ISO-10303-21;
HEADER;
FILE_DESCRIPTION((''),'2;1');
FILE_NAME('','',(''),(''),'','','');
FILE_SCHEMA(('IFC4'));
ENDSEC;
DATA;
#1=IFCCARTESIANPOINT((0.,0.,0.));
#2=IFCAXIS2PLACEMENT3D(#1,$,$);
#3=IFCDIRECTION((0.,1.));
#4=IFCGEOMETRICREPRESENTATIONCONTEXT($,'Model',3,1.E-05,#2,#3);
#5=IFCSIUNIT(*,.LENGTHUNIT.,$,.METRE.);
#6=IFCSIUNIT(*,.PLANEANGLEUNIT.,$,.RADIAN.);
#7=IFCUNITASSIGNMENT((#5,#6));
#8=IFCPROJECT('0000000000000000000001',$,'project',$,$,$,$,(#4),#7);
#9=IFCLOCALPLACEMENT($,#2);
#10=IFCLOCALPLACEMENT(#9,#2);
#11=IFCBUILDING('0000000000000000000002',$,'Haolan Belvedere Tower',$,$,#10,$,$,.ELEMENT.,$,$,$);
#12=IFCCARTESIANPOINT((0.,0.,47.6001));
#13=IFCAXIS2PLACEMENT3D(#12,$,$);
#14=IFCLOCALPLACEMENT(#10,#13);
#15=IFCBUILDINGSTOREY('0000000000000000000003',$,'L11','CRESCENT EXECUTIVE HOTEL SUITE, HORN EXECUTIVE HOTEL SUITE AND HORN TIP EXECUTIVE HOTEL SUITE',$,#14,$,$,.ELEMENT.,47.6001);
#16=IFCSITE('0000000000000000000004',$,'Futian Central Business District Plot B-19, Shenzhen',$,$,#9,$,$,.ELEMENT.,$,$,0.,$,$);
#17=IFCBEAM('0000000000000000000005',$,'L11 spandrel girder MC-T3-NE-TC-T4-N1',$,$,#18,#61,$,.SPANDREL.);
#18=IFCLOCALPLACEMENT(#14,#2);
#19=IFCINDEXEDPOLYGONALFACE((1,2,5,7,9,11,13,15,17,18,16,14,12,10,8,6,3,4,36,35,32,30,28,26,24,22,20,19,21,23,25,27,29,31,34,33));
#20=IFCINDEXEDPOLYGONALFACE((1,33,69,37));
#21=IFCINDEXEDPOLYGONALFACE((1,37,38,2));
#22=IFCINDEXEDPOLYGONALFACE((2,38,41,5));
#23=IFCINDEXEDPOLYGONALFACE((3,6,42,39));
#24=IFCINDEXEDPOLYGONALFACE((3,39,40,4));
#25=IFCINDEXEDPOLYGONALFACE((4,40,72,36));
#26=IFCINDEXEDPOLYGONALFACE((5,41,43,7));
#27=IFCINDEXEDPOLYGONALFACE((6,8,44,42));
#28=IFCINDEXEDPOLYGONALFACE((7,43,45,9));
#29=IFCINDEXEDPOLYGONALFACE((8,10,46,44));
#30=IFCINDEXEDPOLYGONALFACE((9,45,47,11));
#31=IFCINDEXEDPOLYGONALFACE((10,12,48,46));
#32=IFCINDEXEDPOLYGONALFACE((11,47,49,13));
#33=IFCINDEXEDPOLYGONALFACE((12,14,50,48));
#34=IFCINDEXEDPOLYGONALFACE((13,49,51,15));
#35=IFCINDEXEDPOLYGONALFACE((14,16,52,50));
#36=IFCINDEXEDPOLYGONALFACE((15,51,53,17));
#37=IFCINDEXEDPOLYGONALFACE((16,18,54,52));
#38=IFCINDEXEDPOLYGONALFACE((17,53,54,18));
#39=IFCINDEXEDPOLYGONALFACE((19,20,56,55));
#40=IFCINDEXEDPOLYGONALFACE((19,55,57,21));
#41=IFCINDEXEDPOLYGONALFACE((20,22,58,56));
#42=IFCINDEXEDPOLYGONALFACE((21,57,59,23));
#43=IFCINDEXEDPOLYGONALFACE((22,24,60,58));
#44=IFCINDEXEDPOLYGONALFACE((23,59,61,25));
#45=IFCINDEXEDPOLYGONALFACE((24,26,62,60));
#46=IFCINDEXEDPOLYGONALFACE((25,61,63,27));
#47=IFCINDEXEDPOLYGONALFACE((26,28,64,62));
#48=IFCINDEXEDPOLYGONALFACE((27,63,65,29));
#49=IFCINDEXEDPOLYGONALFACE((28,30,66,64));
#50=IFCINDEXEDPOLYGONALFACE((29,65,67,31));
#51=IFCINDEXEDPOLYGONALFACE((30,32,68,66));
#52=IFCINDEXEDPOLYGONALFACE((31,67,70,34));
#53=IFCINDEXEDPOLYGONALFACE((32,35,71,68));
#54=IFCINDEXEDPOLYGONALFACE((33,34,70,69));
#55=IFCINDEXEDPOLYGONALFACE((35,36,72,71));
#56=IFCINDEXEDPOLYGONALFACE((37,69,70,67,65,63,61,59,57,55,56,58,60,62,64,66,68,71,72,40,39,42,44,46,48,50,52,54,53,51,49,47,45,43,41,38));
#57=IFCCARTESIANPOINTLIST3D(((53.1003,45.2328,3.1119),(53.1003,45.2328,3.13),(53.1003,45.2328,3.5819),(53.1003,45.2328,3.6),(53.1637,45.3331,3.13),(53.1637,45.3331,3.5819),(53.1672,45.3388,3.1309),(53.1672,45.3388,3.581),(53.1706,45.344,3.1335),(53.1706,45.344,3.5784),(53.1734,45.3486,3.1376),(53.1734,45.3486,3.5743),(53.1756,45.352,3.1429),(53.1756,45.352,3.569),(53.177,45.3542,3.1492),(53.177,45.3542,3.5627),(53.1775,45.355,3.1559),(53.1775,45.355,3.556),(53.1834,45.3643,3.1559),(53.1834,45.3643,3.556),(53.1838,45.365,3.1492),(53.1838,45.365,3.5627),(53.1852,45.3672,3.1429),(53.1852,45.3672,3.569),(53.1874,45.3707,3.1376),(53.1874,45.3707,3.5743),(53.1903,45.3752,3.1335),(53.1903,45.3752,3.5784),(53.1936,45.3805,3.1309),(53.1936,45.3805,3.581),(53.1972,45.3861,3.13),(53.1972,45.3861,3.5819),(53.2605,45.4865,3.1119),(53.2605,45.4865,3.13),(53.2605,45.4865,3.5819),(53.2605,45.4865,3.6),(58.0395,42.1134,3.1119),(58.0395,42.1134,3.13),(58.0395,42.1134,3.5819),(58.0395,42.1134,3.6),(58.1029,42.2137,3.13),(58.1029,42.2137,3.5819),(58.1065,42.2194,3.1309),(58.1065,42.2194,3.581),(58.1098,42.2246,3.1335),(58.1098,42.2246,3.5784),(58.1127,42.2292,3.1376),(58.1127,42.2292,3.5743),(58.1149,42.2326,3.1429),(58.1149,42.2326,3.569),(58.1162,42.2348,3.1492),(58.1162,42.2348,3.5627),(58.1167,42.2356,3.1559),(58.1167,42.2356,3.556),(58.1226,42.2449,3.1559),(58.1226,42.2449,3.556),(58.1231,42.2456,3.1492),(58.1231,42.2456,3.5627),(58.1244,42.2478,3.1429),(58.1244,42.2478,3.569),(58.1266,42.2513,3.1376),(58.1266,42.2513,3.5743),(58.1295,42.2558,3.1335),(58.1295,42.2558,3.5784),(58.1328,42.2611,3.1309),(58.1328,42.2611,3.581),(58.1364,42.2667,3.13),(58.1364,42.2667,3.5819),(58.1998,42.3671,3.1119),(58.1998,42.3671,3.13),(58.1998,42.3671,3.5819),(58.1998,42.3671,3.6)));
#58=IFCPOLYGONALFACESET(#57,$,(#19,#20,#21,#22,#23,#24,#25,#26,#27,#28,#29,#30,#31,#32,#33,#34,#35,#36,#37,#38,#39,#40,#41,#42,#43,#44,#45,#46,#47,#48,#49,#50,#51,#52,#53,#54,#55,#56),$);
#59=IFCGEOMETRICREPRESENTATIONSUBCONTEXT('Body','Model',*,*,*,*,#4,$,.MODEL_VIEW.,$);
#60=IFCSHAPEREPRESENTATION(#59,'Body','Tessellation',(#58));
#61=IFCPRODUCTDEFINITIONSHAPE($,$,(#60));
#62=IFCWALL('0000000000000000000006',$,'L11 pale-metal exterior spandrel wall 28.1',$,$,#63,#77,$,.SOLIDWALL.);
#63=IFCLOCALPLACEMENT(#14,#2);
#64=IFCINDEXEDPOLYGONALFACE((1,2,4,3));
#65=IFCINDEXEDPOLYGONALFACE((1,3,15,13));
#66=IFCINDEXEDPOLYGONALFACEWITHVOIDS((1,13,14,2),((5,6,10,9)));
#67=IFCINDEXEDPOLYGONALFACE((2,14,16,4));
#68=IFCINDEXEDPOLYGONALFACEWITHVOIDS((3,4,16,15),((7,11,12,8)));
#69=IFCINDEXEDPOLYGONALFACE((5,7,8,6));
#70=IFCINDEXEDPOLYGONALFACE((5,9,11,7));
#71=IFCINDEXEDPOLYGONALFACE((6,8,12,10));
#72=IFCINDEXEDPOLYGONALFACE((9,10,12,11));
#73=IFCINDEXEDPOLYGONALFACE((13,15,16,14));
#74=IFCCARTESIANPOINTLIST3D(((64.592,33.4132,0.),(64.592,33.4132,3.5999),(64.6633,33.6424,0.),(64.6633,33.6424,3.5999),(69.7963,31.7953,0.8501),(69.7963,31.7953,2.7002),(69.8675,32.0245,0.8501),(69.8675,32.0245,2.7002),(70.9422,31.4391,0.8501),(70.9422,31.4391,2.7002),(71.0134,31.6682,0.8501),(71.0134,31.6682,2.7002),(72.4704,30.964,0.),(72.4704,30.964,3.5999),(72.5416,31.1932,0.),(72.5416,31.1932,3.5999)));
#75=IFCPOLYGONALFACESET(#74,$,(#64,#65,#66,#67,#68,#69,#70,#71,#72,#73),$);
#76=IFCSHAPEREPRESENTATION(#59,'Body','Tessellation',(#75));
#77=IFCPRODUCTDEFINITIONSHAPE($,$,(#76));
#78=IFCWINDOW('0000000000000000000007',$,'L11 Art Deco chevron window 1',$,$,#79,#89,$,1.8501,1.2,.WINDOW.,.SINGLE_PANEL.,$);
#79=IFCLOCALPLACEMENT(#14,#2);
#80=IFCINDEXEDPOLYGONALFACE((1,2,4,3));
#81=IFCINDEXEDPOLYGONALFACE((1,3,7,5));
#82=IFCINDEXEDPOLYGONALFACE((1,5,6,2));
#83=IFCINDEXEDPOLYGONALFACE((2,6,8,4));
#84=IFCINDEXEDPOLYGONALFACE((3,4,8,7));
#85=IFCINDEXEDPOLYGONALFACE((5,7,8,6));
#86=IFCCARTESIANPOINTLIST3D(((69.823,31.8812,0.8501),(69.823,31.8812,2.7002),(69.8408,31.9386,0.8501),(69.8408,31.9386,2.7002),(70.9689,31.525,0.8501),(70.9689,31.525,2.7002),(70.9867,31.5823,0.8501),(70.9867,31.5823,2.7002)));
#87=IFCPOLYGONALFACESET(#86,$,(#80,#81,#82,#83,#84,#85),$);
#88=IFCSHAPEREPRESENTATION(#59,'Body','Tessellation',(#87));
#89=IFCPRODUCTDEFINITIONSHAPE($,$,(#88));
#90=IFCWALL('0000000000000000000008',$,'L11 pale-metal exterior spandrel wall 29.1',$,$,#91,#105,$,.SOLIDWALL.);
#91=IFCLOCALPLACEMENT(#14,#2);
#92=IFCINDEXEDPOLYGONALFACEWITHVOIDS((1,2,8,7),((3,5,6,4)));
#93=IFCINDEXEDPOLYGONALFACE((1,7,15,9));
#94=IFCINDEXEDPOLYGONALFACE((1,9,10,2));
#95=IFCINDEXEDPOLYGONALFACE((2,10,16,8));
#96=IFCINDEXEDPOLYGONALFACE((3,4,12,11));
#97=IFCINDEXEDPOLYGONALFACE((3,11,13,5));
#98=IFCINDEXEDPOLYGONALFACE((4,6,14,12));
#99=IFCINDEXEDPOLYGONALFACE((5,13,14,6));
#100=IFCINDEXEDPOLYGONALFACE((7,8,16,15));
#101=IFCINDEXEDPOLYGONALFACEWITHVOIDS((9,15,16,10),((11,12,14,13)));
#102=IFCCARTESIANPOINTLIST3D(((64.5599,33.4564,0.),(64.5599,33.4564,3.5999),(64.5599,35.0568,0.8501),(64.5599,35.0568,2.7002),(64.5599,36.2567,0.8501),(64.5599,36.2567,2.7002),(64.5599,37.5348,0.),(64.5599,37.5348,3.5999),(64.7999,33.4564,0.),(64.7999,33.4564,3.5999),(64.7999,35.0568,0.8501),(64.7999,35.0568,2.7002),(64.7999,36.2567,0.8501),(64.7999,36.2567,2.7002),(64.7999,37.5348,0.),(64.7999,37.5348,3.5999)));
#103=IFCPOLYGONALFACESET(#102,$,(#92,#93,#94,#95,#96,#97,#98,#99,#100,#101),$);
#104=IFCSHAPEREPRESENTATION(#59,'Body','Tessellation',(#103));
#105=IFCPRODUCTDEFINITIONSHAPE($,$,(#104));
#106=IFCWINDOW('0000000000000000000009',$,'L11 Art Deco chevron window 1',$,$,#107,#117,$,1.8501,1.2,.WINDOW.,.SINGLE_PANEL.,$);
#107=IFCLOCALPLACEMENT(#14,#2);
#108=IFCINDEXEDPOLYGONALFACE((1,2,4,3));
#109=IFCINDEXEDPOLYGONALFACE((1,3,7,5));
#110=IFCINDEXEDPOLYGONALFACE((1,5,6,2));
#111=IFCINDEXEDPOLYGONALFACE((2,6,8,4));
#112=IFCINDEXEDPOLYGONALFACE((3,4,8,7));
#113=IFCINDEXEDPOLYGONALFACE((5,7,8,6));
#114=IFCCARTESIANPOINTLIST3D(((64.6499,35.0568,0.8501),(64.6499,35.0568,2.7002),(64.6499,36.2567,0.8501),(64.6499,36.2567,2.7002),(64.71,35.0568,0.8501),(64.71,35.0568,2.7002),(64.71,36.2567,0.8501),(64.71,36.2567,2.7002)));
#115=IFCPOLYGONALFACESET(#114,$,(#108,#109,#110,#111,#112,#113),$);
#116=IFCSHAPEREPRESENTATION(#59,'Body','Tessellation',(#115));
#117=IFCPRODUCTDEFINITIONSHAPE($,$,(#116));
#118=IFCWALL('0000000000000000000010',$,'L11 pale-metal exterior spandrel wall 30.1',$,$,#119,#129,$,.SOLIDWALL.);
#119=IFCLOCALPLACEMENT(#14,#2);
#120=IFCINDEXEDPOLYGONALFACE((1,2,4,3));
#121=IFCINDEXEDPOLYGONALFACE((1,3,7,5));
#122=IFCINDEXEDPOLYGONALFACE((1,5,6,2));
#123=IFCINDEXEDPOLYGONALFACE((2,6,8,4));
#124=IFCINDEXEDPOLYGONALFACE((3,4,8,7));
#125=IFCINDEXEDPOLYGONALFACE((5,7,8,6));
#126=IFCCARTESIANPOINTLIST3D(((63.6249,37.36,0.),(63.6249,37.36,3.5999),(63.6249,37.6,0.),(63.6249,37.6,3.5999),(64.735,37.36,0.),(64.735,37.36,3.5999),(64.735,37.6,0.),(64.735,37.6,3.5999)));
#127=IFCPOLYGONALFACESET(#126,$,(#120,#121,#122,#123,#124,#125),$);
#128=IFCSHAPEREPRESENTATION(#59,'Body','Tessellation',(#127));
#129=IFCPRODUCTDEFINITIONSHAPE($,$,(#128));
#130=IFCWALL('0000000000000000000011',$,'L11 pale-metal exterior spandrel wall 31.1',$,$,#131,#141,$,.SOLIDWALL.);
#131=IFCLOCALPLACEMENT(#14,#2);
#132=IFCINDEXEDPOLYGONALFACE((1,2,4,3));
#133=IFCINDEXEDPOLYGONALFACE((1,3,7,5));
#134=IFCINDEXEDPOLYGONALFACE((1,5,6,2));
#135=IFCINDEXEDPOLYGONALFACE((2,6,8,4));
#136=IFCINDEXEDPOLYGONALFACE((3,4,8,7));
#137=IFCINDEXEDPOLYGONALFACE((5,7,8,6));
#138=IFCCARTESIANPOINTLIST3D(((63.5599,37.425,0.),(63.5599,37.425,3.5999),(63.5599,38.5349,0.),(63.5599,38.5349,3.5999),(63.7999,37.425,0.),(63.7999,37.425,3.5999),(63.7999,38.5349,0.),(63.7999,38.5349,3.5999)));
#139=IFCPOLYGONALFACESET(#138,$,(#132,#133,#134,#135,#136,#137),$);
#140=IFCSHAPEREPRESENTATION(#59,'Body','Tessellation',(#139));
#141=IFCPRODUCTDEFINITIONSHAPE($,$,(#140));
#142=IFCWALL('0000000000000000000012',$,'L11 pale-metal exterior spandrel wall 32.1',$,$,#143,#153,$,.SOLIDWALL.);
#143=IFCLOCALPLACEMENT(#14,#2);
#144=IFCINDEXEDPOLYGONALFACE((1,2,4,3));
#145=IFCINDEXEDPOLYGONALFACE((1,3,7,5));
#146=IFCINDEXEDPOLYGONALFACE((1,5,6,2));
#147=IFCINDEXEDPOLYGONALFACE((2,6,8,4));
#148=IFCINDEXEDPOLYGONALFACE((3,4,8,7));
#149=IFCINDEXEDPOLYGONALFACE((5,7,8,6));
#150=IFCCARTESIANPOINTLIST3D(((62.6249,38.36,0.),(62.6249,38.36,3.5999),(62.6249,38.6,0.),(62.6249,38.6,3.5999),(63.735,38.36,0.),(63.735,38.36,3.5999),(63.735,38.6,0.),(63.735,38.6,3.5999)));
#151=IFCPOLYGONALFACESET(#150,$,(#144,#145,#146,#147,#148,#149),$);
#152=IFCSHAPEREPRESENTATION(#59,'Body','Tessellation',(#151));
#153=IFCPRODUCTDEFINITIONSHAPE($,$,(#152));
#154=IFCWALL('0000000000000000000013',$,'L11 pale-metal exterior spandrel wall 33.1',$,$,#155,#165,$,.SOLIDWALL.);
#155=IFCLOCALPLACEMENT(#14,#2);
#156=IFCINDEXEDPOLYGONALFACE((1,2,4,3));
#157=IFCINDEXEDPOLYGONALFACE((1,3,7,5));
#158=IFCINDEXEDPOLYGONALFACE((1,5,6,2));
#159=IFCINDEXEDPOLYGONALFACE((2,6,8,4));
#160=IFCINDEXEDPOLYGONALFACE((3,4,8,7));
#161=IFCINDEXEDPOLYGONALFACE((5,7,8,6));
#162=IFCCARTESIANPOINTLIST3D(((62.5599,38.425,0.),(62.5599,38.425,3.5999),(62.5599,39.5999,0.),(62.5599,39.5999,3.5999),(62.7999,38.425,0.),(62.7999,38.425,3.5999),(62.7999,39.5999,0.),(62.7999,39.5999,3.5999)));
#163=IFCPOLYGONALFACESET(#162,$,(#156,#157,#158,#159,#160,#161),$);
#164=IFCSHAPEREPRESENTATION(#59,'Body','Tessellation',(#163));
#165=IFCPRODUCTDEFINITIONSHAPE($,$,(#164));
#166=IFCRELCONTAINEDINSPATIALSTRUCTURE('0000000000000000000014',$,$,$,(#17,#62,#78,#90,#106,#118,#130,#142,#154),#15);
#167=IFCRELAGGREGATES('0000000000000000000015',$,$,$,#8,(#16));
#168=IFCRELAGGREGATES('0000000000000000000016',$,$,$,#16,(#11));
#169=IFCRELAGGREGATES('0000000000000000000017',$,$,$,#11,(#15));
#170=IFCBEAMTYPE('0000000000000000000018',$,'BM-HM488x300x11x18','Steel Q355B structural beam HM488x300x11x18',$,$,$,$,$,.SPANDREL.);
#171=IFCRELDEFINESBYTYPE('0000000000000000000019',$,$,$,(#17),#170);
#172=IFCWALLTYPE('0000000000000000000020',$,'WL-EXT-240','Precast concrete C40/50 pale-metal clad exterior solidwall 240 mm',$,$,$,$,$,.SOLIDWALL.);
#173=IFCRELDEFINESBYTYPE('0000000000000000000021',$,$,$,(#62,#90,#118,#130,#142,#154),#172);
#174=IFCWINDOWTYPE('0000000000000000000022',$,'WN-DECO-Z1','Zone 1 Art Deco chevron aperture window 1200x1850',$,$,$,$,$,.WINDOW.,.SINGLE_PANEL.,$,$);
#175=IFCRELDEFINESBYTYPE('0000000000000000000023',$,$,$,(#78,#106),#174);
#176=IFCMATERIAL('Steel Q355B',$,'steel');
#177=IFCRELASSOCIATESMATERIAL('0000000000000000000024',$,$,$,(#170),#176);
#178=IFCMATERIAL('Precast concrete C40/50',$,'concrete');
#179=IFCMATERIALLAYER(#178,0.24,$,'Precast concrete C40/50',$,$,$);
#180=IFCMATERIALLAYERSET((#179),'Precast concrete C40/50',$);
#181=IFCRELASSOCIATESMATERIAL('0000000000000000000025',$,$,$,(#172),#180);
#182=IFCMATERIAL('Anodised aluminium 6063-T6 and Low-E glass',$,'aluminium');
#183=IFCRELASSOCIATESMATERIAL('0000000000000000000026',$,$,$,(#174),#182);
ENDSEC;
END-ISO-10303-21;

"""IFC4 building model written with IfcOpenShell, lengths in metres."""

from ifc_helpers import new_model, si_unit, direction, frame, frame_2d, origin, origin_2d, place, context, subcontext, project, spatial, rectangle, i_section, extrude, material, layer, layer_set, material_profile, profile_set, type_object, element, fill, save


model = new_model("IFC4")

# Units and contexts
model_context = context("Model", 3, precision=1e-05, world=origin(), true_north=direction((0.0, 1.0)))
body_context = subcontext(model_context, "Body", "Model", "MODEL_VIEW")
ifc_project = project(units=[si_unit("LENGTHUNIT", "METRE"), si_unit("PLANEANGLEUNIT", "RADIAN")], contexts=[model_context])

# Site, building, storey
site_placement = place(None, origin())
site = spatial("IfcSite", under=ifc_project, at=site_placement, Name="Futian Central Business District Plot B-19, Shenzhen", CompositionType="ELEMENT", RefElevation=0.0)
building_placement = place(site_placement, origin())
building = spatial("IfcBuilding", under=site, at=building_placement, Name="Haolan Belvedere Tower", CompositionType="ELEMENT")
storey_placement = place(building_placement, frame((0.0, 0.0, 47.6001)))
storey = spatial("IfcBuildingStorey", under=building, at=storey_placement, Name="L11", Description="CRESCENT EXECUTIVE HOTEL SUITE, HORN EXECUTIVE HOTEL SUITE AND HORN TIP EXECUTIVE HOTEL SUITE", CompositionType="ELEMENT", Elevation=47.6001)

# Shared definitions
ifc_material_1 = material(Name="Steel Q355B", Category="steel")

# Beam
ifc_material_profile_1 = material_profile(ifc_material_1, i_section(OverallWidth=0.3, OverallDepth=0.488, WebThickness=0.011, FlangeThickness=0.0181, FilletRadius=0.0259, at=origin_2d()), Name="Steel Q355B")
ifc_profile_set_1 = profile_set([ifc_material_profile_1], Name="Steel Q355B")
beam_type = type_object("IfcBeamType", Name="BM-HM488x300x11x18", Description="Steel Q355B structural beam HM488x300x11x18", PredefinedType="SPANDREL", material=ifc_profile_set_1)
beam_placement = place(storey_placement, frame((53.1804, 45.3596, 3.356), z_axis=(0.845498, -0.533979, 0.0), x_axis=(0.533979, 0.845498, 0.0)))
element("IfcBeam", 1, at=beam_placement, inside=storey, type_object=beam_type, Name="L11 spandrel girder MC-T3-NE-TC-T4-N1", PredefinedType="SPANDREL", context=body_context, shape_type="SweptSolid", body=[
    extrude(i_section(OverallWidth=0.3, OverallDepth=0.488, WebThickness=0.011, FlangeThickness=0.0181, FilletRadius=0.0259, at=origin_2d()), origin(), (0.0, 0.0, 1.0), 5.8418),
])

# Walls, openings, windows
ifc_material_2 = material(Name="Precast concrete C40/50", Category="concrete")
ifc_layer_1 = layer(ifc_material_2, 0.24, Name="Precast concrete C40/50")
ifc_layer_set_1 = layer_set([ifc_layer_1], Name="Precast concrete C40/50")
wall_type_1 = type_object("IfcWallType", Name="WL-EXT-240", Description="Precast concrete C40/50 pale-metal clad exterior solidwall 240 mm", PredefinedType="SOLIDWALL", material=ifc_layer_set_1)
wall_1_placement = place(storey_placement, frame((72.5059, 31.0786, 0.0), z_axis=(0.0, 0.0, 1.0), x_axis=(-0.95492, 0.296863, 0.0)))
wall_1 = element("IfcWall", 2, at=wall_1_placement, inside=storey, type_object=wall_type_1, Name="L11 pale-metal exterior spandrel wall 28.1", PredefinedType="SOLIDWALL", context=body_context, shape_type="SweptSolid", body=[
    extrude(rectangle(XDim=8.2502, YDim=0.24, at=frame_2d((4.125, 0.0))), origin(), (0.0, 0.0, 1.0), 3.5999),
])
opening_1_placement = place(wall_1_placement, frame((1.6001, 0.0, 0.8501)))
opening_1 = element("IfcOpeningElement", 3, at=opening_1_placement, cuts=wall_1, PredefinedType="OPENING", context=body_context, shape_type="SweptSolid", body=[
    extrude(rectangle(XDim=1.2, YDim=1.8501, at=frame_2d((0.6001, 0.925))), frame((0.0, 0.1299, 0.0), z_axis=(0.0, -1.0, 0.0), x_axis=(1.0, 0.0, 0.0)), (0.0, 0.0, 1.0), 0.26),
])
ifc_material_3 = material(Name="Anodised aluminium 6063-T6 and Low-E glass", Category="aluminium")
window_type = type_object("IfcWindowType", Name="WN-DECO-Z1", Description="Zone 1 Art Deco chevron aperture window 1200x1850", PartitioningType="SINGLE_PANEL", PredefinedType="WINDOW", material=ifc_material_3)
window_1_placement = place(opening_1_placement, origin())
window_1 = element("IfcWindow", 4, at=window_1_placement, inside=storey, type_object=window_type, Name="L11 Art Deco chevron window 1", OverallHeight=1.8501, OverallWidth=1.2, PartitioningType="SINGLE_PANEL", PredefinedType="WINDOW", context=body_context, shape_type="SweptSolid", body=[
    extrude(rectangle(XDim=1.2, YDim=1.8501, at=frame_2d((0.6001, 0.925))), frame((0.0, 0.03, 0.0), z_axis=(0.0, -1.0, 0.0), x_axis=(1.0, 0.0, 0.0)), (0.0, 0.0, 1.0), 0.0601),
])
fill(opening_1, window_1)
wall_2_placement = place(storey_placement, frame((64.6799, 33.4565, 0.0), z_axis=(0.0, 0.0, 1.0), x_axis=(0.0, 1.0, 0.0)))
wall_2 = element("IfcWall", 5, at=wall_2_placement, inside=storey, type_object=wall_type_1, Name="L11 pale-metal exterior spandrel wall 29.1", PredefinedType="SOLIDWALL", context=body_context, shape_type="SweptSolid", body=[
    extrude(rectangle(XDim=4.0784, YDim=0.24, at=frame_2d((2.0391, 0.0))), origin(), (0.0, 0.0, 1.0), 3.5999),
])
opening_2_placement = place(wall_2_placement, frame((1.6001, 0.0, 0.8501)))
opening_2 = element("IfcOpeningElement", 6, at=opening_2_placement, cuts=wall_2, PredefinedType="OPENING", context=body_context, shape_type="SweptSolid", body=[
    extrude(rectangle(XDim=1.2, YDim=1.8501, at=frame_2d((0.6001, 0.925))), frame((0.0, 0.1299, 0.0), z_axis=(0.0, -1.0, 0.0), x_axis=(1.0, 0.0, 0.0)), (0.0, 0.0, 1.0), 0.26),
])
window_2_placement = place(opening_2_placement, origin())
window_2 = element("IfcWindow", 7, at=window_2_placement, inside=storey, type_object=window_type, Name="L11 Art Deco chevron window 1", OverallHeight=1.8501, OverallWidth=1.2, PartitioningType="SINGLE_PANEL", PredefinedType="WINDOW", context=body_context, shape_type="SweptSolid", body=[
    extrude(rectangle(XDim=1.2, YDim=1.8501, at=frame_2d((0.6001, 0.925))), frame((0.0, 0.03, 0.0), z_axis=(0.0, -1.0, 0.0), x_axis=(1.0, 0.0, 0.0)), (0.0, 0.0, 1.0), 0.0601),
])
fill(opening_2, window_2)

# Walls
wall_3_placement = place(storey_placement, frame((64.7351, 37.48, 0.0), z_axis=(0.0, 0.0, 1.0), x_axis=(-1.0, 0.0, 0.0)))
element("IfcWall", 8, at=wall_3_placement, inside=storey, type_object=wall_type_1, Name="L11 pale-metal exterior spandrel wall 30.1", PredefinedType="SOLIDWALL", context=body_context, shape_type="SweptSolid", body=[
    extrude(rectangle(XDim=1.1101, YDim=0.24, at=frame_2d((0.5552, 0.0))), origin(), (0.0, 0.0, 1.0), 3.5999),
])
wall_4_placement = place(storey_placement, frame((63.6799, 37.425, 0.0), z_axis=(0.0, 0.0, 1.0), x_axis=(0.0, 1.0, 0.0)))
element("IfcWall", 9, at=wall_4_placement, inside=storey, type_object=wall_type_1, Name="L11 pale-metal exterior spandrel wall 31.1", PredefinedType="SOLIDWALL", context=body_context, shape_type="SweptSolid", body=[
    extrude(rectangle(XDim=1.1099, YDim=0.24, at=frame_2d((0.5549, 0.0))), origin(), (0.0, 0.0, 1.0), 3.5999),
])
wall_5_placement = place(storey_placement, frame((63.7351, 38.48, 0.0), z_axis=(0.0, 0.0, 1.0), x_axis=(-1.0, 0.0, 0.0)))
element("IfcWall", 10, at=wall_5_placement, inside=storey, type_object=wall_type_1, Name="L11 pale-metal exterior spandrel wall 32.1", PredefinedType="SOLIDWALL", context=body_context, shape_type="SweptSolid", body=[
    extrude(rectangle(XDim=1.1101, YDim=0.24, at=frame_2d((0.5552, 0.0))), origin(), (0.0, 0.0, 1.0), 3.5999),
])
wall_6_placement = place(storey_placement, frame((62.6799, 38.425, 0.0), z_axis=(0.0, 0.0, 1.0), x_axis=(0.0, 1.0, 0.0)))
element("IfcWall", 11, at=wall_6_placement, inside=storey, type_object=wall_type_1, Name="L11 pale-metal exterior spandrel wall 33.1", PredefinedType="SOLIDWALL", context=body_context, shape_type="SweptSolid", body=[
    extrude(rectangle(XDim=1.1748, YDim=0.24, at=frame_2d((0.5874, 0.0))), origin(), (0.0, 0.0, 1.0), 3.5999),
])

save(model, "model.ifc")
